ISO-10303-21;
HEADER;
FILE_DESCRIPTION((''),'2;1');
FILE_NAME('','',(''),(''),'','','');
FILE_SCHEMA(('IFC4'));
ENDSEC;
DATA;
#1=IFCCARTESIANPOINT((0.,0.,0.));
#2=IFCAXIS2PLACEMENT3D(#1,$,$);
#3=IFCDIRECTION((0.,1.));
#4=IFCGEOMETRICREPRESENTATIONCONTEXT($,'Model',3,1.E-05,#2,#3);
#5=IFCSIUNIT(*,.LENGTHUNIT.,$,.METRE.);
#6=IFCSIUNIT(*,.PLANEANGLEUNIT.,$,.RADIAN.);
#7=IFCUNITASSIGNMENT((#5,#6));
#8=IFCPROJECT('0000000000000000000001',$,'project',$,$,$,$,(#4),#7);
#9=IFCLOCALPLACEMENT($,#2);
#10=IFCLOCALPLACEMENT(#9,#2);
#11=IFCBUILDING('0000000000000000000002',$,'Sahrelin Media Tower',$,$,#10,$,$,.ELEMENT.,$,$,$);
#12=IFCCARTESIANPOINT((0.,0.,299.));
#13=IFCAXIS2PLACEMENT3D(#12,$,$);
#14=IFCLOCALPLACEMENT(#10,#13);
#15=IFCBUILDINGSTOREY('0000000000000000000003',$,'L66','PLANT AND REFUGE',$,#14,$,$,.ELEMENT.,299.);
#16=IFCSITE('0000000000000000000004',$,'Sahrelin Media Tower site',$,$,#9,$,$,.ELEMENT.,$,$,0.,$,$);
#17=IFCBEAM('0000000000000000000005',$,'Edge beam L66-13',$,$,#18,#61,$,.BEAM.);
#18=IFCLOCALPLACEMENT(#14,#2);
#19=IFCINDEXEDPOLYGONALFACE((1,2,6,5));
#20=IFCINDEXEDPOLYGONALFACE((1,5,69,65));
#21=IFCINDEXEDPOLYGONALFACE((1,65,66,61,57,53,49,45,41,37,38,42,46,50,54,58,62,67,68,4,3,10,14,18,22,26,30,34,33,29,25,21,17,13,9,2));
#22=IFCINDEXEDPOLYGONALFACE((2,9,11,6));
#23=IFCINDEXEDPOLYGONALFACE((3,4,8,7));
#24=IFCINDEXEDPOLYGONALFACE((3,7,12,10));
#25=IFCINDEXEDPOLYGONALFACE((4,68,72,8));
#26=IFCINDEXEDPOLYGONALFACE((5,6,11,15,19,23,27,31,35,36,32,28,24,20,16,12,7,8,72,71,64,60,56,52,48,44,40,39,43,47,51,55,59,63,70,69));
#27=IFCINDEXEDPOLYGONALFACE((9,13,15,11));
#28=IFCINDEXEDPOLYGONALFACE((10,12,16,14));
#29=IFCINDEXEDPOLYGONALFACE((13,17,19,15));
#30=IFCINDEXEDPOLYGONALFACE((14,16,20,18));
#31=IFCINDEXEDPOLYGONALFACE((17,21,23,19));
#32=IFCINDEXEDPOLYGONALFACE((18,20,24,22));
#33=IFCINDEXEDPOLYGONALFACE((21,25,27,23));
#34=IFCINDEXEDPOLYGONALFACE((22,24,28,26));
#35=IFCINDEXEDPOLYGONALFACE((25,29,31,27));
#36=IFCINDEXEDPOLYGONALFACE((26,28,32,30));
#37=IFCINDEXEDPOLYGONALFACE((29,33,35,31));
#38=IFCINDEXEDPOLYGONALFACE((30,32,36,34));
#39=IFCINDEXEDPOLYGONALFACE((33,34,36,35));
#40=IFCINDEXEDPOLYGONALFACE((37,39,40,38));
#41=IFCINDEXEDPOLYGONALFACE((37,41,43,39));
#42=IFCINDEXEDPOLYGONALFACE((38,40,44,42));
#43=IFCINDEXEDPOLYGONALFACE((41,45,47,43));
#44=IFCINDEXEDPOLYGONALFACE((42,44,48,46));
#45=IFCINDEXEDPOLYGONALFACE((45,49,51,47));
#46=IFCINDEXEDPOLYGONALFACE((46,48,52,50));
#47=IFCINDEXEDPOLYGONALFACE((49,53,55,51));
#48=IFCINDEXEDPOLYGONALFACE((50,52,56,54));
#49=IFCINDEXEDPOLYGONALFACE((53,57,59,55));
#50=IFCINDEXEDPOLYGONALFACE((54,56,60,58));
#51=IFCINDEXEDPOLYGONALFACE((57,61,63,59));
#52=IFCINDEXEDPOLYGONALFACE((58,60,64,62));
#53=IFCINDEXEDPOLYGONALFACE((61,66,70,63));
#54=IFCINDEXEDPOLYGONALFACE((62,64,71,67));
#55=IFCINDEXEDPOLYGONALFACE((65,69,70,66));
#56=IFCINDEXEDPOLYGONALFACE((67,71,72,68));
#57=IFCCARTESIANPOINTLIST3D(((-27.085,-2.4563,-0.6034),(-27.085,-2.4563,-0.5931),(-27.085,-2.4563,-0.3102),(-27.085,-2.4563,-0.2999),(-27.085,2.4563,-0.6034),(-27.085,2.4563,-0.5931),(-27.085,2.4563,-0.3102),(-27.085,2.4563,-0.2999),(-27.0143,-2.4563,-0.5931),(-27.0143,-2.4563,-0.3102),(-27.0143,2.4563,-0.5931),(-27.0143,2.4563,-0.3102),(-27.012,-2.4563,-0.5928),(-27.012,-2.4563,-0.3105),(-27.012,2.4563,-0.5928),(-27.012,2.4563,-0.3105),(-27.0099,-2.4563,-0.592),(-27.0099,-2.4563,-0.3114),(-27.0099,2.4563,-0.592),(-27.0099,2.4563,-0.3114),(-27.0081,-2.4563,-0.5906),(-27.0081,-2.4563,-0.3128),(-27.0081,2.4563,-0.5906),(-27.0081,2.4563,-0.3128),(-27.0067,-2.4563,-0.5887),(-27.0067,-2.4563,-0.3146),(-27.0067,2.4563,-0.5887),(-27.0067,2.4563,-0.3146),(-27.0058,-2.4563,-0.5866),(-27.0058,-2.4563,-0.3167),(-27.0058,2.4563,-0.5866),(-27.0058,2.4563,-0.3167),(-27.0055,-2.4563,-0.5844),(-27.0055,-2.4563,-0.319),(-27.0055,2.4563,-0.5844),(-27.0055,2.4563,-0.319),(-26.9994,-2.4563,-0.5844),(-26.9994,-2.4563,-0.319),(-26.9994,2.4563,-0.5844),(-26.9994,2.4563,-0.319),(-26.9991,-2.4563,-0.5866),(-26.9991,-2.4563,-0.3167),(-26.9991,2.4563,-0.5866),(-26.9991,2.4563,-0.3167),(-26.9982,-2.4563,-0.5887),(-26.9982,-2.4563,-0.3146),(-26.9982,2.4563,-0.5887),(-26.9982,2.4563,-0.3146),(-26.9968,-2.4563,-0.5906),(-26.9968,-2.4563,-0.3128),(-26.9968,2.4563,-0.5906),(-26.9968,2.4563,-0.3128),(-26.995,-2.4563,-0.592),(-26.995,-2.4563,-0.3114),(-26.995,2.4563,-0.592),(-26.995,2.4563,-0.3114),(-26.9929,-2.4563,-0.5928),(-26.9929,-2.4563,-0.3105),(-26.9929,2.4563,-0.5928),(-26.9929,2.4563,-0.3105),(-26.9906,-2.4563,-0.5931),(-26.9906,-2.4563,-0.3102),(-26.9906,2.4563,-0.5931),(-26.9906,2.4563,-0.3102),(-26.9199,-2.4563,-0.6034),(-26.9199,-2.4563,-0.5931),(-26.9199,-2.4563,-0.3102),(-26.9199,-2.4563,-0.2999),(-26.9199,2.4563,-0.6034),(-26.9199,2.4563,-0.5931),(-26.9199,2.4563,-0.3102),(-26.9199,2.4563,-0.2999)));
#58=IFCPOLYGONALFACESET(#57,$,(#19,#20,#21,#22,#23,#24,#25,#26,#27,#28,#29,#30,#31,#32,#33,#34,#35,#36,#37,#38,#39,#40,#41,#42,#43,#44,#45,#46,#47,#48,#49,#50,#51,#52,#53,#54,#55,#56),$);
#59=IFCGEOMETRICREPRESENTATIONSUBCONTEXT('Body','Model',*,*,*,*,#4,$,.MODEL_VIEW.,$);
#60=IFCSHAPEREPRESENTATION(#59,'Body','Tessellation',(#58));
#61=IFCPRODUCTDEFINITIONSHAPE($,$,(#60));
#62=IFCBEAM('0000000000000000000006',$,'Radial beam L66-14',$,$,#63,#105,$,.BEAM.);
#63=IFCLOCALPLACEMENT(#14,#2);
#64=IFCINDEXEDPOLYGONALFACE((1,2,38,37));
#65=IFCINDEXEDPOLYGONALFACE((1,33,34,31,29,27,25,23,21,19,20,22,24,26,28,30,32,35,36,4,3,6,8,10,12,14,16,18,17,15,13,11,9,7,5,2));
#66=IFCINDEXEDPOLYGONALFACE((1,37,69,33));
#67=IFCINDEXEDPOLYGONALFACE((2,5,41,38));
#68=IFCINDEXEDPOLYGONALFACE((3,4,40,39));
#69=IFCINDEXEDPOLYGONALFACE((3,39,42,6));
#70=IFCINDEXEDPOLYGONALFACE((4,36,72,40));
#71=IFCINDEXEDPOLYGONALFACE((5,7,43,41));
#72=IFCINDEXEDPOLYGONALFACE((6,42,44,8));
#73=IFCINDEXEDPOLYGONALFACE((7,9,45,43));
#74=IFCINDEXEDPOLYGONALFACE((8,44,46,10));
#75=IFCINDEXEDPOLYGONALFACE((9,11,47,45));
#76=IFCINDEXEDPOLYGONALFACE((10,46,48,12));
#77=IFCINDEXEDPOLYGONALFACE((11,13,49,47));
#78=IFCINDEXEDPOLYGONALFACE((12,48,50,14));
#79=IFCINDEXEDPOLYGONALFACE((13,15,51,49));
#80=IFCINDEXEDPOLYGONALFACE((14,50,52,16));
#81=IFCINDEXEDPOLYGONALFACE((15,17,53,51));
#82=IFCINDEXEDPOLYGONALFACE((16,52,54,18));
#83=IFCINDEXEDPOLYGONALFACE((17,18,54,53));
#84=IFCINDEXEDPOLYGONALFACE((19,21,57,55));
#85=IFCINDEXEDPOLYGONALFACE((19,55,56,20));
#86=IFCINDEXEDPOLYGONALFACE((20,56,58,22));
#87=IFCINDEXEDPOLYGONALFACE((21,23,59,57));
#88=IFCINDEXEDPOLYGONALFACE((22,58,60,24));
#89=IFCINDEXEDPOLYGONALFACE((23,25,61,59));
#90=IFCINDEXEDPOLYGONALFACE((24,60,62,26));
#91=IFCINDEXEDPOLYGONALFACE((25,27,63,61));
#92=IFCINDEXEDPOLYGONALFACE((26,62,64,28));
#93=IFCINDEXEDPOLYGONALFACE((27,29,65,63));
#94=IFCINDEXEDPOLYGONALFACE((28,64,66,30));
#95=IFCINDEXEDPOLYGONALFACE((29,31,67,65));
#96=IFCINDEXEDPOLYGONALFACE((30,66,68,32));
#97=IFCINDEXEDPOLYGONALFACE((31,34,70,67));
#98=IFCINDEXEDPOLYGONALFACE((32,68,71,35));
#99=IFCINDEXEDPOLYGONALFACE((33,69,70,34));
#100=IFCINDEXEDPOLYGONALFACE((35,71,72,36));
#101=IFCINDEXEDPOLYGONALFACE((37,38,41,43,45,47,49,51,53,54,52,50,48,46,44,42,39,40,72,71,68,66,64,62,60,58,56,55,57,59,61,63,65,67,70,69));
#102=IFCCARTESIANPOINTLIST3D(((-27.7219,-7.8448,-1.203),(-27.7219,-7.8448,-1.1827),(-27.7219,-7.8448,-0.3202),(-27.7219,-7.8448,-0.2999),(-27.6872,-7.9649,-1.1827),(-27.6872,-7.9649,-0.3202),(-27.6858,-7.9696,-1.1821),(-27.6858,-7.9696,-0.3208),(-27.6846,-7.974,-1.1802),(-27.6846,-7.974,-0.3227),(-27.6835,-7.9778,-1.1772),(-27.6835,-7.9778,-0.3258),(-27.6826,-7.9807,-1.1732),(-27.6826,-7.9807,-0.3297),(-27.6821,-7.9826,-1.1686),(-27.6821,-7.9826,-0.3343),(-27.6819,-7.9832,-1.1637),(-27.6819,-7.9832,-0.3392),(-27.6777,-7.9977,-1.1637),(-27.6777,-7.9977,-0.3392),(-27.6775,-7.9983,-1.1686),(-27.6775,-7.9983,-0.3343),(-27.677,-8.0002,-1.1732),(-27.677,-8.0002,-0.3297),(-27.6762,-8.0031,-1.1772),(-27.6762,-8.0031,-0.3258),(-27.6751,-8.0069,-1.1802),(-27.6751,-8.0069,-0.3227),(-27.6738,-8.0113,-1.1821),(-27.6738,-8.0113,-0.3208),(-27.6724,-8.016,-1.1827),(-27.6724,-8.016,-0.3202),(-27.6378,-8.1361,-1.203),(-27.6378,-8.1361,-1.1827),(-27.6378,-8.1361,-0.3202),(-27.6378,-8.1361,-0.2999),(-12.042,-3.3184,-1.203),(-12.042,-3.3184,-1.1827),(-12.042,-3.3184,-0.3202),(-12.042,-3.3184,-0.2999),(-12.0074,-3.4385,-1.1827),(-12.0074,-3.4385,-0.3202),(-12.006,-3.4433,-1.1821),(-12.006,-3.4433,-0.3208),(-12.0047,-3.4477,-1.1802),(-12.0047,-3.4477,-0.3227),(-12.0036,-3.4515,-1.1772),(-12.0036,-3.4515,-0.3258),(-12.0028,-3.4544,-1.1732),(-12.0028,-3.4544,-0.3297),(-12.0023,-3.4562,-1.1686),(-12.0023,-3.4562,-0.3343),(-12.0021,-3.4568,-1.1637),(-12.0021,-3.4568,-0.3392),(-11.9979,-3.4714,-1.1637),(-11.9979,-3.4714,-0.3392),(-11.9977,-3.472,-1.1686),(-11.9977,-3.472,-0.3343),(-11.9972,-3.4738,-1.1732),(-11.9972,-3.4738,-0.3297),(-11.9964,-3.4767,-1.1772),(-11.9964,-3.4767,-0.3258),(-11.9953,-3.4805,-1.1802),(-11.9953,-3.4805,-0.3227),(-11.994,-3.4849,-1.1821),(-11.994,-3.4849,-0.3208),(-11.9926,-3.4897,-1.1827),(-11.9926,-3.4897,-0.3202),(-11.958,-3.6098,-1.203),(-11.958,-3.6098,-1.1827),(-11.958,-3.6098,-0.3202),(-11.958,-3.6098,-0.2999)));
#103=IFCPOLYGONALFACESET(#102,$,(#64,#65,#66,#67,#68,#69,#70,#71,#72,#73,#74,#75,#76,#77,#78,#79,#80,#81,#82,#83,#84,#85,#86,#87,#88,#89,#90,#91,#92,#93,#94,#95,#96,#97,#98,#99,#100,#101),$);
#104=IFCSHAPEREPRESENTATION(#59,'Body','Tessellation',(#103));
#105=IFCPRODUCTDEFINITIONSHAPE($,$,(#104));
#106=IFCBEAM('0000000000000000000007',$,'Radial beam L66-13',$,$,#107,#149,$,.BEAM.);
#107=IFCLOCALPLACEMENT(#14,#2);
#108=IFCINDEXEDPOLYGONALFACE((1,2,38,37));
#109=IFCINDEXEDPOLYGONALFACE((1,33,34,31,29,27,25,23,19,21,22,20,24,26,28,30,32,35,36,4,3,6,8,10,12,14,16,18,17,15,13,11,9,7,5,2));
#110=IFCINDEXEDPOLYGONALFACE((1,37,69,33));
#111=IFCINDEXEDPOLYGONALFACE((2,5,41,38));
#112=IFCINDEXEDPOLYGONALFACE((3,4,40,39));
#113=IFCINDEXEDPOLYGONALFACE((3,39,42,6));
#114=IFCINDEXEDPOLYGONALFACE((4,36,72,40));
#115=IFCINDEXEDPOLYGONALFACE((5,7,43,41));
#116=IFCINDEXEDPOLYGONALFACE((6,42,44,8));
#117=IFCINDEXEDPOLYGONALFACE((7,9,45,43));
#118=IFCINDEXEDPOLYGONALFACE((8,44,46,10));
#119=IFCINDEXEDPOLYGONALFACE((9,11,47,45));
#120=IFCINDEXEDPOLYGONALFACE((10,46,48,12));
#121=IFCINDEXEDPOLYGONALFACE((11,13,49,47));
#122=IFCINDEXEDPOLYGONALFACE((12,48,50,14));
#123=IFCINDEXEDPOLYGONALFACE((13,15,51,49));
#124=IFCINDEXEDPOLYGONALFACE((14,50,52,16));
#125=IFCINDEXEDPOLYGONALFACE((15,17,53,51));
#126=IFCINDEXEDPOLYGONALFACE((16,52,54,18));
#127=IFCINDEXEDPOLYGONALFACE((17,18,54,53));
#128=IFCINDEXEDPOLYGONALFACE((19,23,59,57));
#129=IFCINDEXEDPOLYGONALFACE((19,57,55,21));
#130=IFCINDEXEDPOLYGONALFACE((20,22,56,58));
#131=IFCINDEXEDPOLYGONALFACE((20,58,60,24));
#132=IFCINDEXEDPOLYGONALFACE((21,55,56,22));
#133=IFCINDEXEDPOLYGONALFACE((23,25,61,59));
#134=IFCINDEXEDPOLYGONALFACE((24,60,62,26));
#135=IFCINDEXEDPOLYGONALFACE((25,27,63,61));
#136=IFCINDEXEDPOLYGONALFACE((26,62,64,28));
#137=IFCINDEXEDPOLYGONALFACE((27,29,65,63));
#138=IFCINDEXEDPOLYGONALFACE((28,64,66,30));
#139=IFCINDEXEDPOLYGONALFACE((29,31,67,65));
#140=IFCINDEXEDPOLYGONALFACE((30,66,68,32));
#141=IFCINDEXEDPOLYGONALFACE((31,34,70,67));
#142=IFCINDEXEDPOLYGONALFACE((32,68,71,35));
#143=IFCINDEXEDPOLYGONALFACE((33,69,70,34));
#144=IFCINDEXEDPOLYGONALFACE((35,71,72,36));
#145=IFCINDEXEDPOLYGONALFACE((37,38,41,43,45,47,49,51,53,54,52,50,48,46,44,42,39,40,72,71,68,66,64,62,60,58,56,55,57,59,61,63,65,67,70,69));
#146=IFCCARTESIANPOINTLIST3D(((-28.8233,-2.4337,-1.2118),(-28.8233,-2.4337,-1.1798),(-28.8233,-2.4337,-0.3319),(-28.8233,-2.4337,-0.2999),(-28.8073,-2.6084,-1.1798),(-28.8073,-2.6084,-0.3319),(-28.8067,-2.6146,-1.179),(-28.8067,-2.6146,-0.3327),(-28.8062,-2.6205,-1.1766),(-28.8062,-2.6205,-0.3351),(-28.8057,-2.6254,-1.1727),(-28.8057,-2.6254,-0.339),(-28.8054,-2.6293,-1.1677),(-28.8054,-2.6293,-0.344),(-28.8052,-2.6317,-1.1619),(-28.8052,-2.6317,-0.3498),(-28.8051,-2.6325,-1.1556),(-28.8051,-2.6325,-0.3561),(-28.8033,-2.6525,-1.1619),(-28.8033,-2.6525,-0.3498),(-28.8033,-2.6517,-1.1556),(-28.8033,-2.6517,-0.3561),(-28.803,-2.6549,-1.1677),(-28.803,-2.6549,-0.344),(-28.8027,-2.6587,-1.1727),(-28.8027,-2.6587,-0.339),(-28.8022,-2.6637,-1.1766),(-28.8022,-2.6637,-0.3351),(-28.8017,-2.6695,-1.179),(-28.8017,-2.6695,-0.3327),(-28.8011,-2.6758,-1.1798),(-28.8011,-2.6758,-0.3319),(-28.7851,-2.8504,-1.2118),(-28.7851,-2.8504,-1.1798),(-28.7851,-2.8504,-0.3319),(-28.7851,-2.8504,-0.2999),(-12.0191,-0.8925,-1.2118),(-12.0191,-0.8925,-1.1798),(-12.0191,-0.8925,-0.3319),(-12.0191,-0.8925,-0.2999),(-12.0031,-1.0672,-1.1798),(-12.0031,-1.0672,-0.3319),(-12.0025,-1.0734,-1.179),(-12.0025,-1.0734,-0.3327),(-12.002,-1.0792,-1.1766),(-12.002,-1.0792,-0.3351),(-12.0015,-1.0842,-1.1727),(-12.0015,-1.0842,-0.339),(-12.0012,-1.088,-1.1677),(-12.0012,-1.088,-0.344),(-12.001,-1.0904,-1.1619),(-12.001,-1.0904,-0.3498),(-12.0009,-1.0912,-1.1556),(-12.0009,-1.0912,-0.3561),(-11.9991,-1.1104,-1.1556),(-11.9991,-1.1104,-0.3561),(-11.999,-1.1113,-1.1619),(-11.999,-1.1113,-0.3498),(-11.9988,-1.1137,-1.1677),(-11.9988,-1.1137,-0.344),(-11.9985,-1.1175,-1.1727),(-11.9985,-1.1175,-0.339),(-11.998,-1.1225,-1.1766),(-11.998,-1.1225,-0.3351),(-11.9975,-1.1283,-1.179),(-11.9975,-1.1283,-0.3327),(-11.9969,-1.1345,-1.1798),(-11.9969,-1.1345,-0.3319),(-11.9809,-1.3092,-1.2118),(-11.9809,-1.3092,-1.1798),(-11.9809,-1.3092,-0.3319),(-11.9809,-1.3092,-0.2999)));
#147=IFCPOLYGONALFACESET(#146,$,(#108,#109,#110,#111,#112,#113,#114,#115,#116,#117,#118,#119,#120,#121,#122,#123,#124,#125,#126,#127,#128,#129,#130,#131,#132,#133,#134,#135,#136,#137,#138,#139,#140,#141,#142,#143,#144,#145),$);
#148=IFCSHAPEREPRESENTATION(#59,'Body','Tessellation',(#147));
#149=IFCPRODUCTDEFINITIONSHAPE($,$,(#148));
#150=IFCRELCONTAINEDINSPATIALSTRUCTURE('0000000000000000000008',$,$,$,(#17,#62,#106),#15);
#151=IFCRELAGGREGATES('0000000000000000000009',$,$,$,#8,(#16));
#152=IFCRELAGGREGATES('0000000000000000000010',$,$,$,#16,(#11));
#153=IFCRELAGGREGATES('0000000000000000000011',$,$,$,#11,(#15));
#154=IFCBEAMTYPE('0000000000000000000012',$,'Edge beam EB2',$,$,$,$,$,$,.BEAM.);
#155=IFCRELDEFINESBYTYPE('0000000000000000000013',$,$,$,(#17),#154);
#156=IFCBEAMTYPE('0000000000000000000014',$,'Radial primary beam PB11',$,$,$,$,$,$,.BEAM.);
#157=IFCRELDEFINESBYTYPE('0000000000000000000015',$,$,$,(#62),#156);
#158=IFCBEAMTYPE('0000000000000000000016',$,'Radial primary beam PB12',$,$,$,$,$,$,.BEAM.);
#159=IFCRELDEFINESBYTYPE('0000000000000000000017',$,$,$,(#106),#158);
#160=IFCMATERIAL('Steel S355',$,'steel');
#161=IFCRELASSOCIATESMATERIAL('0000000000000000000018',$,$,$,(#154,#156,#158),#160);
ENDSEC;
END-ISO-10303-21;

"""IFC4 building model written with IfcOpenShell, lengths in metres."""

from ifc_helpers import new_model, si_unit, direction, frame, origin, origin_2d, place, context, subcontext, project, spatial, i_section, extrude, material, material_profile, profile_set, type_object, element, save


model = new_model("IFC4")

# Units and contexts
model_context = context("Model", 3, precision=1e-05, world=origin(), true_north=direction((0.0, 1.0)))
body_context = subcontext(model_context, "Body", "Model", "MODEL_VIEW")
ifc_project = project(units=[si_unit("LENGTHUNIT", "METRE"), si_unit("PLANEANGLEUNIT", "RADIAN")], contexts=[model_context])

# Site, building, storey
site_placement = place(None, origin())
site = spatial("IfcSite", under=ifc_project, at=site_placement, Name="Sahrelin Media Tower site", CompositionType="ELEMENT", RefElevation=0.0)
building_placement = place(site_placement, origin())
building = spatial("IfcBuilding", under=site, at=building_placement, Name="Sahrelin Media Tower", CompositionType="ELEMENT")
storey_placement = place(building_placement, frame((0.0, 0.0, 299.0)))
storey = spatial("IfcBuildingStorey", under=building, at=storey_placement, Name="L66", Description="PLANT AND REFUGE", CompositionType="ELEMENT", Elevation=299.0)

# Beams
ifc_material_1 = material(Name="Steel S355", Category="steel")
ifc_material_profile_1 = material_profile(ifc_material_1, i_section(OverallWidth=0.165, OverallDepth=0.3035, WebThickness=0.0061, FlangeThickness=0.0103, FilletRadius=0.0088, at=origin_2d()), Name="UB 305x165x40")
ifc_profile_set_1 = profile_set([ifc_material_profile_1], Name="Steel S355")
beam_type_1 = type_object("IfcBeamType", Name="Edge beam EB2", PredefinedType="BEAM", material=ifc_profile_set_1)
beam_1_placement = place(storey_placement, frame((-27.0024, -2.4563, -0.4517), z_axis=(0.0, 1.0, 0.0), x_axis=(-1.0, 0.0, 0.0)))
element("IfcBeam", 1, at=beam_1_placement, inside=storey, type_object=beam_type_1, Name="Edge beam L66-13", PredefinedType="BEAM", context=body_context, shape_type="SweptSolid", body=[
    extrude(i_section(OverallWidth=0.165, OverallDepth=0.3035, WebThickness=0.0061, FlangeThickness=0.0103, FilletRadius=0.0088, at=origin_2d()), origin(), (0.0, 0.0, 1.0), 4.9126),
])
ifc_material_profile_2 = material_profile(ifc_material_1, i_section(OverallWidth=0.3032, OverallDepth=0.9031, WebThickness=0.0151, FlangeThickness=0.0203, FilletRadius=0.019, at=origin_2d()), Name="UB 914x305x201")
ifc_profile_set_2 = profile_set([ifc_material_profile_2], Name="Steel S355")
beam_type_2 = type_object("IfcBeamType", Name="Radial primary beam PB11", PredefinedType="BEAM", material=ifc_profile_set_2)
beam_2_placement = place(storey_placement, frame((-12.0, -3.4641, -0.7515), z_axis=(-0.96077, -0.277348, 0.0), x_axis=(0.277348, -0.96077, 0.0)))
element("IfcBeam", 2, at=beam_2_placement, inside=storey, type_object=beam_type_2, Name="Radial beam L66-14", PredefinedType="BEAM", context=body_context, shape_type="SweptSolid", body=[
    extrude(i_section(OverallWidth=0.3032, OverallDepth=0.9031, WebThickness=0.0151, FlangeThickness=0.0203, FilletRadius=0.019, at=origin_2d()), origin(), (0.0, 0.0, 1.0), 16.3201),
])
ifc_material_profile_3 = material_profile(ifc_material_1, i_section(OverallWidth=0.4185, OverallDepth=0.9119, WebThickness=0.0193, FlangeThickness=0.032, FilletRadius=0.0242, at=origin_2d()), Name="UB 914x419x343")
ifc_profile_set_3 = profile_set([ifc_material_profile_3], Name="Steel S355")
beam_type_3 = type_object("IfcBeamType", Name="Radial primary beam PB12", PredefinedType="BEAM", material=ifc_profile_set_3)
beam_3_placement = place(storey_placement, frame((-12.0, -1.1008, -0.7559), z_axis=(-0.99582, -0.091335, 0.0), x_axis=(0.091335, -0.99582, 0.0)))
element("IfcBeam", 3, at=beam_3_placement, inside=storey, type_object=beam_type_3, Name="Radial beam L66-13", PredefinedType="BEAM", context=body_context, shape_type="SweptSolid", body=[
    extrude(i_section(OverallWidth=0.4185, OverallDepth=0.9119, WebThickness=0.0193, FlangeThickness=0.032, FilletRadius=0.0242, at=origin_2d()), origin(), (0.0, 0.0, 1.0), 16.8748),
])

save(model, "model.ifc")
